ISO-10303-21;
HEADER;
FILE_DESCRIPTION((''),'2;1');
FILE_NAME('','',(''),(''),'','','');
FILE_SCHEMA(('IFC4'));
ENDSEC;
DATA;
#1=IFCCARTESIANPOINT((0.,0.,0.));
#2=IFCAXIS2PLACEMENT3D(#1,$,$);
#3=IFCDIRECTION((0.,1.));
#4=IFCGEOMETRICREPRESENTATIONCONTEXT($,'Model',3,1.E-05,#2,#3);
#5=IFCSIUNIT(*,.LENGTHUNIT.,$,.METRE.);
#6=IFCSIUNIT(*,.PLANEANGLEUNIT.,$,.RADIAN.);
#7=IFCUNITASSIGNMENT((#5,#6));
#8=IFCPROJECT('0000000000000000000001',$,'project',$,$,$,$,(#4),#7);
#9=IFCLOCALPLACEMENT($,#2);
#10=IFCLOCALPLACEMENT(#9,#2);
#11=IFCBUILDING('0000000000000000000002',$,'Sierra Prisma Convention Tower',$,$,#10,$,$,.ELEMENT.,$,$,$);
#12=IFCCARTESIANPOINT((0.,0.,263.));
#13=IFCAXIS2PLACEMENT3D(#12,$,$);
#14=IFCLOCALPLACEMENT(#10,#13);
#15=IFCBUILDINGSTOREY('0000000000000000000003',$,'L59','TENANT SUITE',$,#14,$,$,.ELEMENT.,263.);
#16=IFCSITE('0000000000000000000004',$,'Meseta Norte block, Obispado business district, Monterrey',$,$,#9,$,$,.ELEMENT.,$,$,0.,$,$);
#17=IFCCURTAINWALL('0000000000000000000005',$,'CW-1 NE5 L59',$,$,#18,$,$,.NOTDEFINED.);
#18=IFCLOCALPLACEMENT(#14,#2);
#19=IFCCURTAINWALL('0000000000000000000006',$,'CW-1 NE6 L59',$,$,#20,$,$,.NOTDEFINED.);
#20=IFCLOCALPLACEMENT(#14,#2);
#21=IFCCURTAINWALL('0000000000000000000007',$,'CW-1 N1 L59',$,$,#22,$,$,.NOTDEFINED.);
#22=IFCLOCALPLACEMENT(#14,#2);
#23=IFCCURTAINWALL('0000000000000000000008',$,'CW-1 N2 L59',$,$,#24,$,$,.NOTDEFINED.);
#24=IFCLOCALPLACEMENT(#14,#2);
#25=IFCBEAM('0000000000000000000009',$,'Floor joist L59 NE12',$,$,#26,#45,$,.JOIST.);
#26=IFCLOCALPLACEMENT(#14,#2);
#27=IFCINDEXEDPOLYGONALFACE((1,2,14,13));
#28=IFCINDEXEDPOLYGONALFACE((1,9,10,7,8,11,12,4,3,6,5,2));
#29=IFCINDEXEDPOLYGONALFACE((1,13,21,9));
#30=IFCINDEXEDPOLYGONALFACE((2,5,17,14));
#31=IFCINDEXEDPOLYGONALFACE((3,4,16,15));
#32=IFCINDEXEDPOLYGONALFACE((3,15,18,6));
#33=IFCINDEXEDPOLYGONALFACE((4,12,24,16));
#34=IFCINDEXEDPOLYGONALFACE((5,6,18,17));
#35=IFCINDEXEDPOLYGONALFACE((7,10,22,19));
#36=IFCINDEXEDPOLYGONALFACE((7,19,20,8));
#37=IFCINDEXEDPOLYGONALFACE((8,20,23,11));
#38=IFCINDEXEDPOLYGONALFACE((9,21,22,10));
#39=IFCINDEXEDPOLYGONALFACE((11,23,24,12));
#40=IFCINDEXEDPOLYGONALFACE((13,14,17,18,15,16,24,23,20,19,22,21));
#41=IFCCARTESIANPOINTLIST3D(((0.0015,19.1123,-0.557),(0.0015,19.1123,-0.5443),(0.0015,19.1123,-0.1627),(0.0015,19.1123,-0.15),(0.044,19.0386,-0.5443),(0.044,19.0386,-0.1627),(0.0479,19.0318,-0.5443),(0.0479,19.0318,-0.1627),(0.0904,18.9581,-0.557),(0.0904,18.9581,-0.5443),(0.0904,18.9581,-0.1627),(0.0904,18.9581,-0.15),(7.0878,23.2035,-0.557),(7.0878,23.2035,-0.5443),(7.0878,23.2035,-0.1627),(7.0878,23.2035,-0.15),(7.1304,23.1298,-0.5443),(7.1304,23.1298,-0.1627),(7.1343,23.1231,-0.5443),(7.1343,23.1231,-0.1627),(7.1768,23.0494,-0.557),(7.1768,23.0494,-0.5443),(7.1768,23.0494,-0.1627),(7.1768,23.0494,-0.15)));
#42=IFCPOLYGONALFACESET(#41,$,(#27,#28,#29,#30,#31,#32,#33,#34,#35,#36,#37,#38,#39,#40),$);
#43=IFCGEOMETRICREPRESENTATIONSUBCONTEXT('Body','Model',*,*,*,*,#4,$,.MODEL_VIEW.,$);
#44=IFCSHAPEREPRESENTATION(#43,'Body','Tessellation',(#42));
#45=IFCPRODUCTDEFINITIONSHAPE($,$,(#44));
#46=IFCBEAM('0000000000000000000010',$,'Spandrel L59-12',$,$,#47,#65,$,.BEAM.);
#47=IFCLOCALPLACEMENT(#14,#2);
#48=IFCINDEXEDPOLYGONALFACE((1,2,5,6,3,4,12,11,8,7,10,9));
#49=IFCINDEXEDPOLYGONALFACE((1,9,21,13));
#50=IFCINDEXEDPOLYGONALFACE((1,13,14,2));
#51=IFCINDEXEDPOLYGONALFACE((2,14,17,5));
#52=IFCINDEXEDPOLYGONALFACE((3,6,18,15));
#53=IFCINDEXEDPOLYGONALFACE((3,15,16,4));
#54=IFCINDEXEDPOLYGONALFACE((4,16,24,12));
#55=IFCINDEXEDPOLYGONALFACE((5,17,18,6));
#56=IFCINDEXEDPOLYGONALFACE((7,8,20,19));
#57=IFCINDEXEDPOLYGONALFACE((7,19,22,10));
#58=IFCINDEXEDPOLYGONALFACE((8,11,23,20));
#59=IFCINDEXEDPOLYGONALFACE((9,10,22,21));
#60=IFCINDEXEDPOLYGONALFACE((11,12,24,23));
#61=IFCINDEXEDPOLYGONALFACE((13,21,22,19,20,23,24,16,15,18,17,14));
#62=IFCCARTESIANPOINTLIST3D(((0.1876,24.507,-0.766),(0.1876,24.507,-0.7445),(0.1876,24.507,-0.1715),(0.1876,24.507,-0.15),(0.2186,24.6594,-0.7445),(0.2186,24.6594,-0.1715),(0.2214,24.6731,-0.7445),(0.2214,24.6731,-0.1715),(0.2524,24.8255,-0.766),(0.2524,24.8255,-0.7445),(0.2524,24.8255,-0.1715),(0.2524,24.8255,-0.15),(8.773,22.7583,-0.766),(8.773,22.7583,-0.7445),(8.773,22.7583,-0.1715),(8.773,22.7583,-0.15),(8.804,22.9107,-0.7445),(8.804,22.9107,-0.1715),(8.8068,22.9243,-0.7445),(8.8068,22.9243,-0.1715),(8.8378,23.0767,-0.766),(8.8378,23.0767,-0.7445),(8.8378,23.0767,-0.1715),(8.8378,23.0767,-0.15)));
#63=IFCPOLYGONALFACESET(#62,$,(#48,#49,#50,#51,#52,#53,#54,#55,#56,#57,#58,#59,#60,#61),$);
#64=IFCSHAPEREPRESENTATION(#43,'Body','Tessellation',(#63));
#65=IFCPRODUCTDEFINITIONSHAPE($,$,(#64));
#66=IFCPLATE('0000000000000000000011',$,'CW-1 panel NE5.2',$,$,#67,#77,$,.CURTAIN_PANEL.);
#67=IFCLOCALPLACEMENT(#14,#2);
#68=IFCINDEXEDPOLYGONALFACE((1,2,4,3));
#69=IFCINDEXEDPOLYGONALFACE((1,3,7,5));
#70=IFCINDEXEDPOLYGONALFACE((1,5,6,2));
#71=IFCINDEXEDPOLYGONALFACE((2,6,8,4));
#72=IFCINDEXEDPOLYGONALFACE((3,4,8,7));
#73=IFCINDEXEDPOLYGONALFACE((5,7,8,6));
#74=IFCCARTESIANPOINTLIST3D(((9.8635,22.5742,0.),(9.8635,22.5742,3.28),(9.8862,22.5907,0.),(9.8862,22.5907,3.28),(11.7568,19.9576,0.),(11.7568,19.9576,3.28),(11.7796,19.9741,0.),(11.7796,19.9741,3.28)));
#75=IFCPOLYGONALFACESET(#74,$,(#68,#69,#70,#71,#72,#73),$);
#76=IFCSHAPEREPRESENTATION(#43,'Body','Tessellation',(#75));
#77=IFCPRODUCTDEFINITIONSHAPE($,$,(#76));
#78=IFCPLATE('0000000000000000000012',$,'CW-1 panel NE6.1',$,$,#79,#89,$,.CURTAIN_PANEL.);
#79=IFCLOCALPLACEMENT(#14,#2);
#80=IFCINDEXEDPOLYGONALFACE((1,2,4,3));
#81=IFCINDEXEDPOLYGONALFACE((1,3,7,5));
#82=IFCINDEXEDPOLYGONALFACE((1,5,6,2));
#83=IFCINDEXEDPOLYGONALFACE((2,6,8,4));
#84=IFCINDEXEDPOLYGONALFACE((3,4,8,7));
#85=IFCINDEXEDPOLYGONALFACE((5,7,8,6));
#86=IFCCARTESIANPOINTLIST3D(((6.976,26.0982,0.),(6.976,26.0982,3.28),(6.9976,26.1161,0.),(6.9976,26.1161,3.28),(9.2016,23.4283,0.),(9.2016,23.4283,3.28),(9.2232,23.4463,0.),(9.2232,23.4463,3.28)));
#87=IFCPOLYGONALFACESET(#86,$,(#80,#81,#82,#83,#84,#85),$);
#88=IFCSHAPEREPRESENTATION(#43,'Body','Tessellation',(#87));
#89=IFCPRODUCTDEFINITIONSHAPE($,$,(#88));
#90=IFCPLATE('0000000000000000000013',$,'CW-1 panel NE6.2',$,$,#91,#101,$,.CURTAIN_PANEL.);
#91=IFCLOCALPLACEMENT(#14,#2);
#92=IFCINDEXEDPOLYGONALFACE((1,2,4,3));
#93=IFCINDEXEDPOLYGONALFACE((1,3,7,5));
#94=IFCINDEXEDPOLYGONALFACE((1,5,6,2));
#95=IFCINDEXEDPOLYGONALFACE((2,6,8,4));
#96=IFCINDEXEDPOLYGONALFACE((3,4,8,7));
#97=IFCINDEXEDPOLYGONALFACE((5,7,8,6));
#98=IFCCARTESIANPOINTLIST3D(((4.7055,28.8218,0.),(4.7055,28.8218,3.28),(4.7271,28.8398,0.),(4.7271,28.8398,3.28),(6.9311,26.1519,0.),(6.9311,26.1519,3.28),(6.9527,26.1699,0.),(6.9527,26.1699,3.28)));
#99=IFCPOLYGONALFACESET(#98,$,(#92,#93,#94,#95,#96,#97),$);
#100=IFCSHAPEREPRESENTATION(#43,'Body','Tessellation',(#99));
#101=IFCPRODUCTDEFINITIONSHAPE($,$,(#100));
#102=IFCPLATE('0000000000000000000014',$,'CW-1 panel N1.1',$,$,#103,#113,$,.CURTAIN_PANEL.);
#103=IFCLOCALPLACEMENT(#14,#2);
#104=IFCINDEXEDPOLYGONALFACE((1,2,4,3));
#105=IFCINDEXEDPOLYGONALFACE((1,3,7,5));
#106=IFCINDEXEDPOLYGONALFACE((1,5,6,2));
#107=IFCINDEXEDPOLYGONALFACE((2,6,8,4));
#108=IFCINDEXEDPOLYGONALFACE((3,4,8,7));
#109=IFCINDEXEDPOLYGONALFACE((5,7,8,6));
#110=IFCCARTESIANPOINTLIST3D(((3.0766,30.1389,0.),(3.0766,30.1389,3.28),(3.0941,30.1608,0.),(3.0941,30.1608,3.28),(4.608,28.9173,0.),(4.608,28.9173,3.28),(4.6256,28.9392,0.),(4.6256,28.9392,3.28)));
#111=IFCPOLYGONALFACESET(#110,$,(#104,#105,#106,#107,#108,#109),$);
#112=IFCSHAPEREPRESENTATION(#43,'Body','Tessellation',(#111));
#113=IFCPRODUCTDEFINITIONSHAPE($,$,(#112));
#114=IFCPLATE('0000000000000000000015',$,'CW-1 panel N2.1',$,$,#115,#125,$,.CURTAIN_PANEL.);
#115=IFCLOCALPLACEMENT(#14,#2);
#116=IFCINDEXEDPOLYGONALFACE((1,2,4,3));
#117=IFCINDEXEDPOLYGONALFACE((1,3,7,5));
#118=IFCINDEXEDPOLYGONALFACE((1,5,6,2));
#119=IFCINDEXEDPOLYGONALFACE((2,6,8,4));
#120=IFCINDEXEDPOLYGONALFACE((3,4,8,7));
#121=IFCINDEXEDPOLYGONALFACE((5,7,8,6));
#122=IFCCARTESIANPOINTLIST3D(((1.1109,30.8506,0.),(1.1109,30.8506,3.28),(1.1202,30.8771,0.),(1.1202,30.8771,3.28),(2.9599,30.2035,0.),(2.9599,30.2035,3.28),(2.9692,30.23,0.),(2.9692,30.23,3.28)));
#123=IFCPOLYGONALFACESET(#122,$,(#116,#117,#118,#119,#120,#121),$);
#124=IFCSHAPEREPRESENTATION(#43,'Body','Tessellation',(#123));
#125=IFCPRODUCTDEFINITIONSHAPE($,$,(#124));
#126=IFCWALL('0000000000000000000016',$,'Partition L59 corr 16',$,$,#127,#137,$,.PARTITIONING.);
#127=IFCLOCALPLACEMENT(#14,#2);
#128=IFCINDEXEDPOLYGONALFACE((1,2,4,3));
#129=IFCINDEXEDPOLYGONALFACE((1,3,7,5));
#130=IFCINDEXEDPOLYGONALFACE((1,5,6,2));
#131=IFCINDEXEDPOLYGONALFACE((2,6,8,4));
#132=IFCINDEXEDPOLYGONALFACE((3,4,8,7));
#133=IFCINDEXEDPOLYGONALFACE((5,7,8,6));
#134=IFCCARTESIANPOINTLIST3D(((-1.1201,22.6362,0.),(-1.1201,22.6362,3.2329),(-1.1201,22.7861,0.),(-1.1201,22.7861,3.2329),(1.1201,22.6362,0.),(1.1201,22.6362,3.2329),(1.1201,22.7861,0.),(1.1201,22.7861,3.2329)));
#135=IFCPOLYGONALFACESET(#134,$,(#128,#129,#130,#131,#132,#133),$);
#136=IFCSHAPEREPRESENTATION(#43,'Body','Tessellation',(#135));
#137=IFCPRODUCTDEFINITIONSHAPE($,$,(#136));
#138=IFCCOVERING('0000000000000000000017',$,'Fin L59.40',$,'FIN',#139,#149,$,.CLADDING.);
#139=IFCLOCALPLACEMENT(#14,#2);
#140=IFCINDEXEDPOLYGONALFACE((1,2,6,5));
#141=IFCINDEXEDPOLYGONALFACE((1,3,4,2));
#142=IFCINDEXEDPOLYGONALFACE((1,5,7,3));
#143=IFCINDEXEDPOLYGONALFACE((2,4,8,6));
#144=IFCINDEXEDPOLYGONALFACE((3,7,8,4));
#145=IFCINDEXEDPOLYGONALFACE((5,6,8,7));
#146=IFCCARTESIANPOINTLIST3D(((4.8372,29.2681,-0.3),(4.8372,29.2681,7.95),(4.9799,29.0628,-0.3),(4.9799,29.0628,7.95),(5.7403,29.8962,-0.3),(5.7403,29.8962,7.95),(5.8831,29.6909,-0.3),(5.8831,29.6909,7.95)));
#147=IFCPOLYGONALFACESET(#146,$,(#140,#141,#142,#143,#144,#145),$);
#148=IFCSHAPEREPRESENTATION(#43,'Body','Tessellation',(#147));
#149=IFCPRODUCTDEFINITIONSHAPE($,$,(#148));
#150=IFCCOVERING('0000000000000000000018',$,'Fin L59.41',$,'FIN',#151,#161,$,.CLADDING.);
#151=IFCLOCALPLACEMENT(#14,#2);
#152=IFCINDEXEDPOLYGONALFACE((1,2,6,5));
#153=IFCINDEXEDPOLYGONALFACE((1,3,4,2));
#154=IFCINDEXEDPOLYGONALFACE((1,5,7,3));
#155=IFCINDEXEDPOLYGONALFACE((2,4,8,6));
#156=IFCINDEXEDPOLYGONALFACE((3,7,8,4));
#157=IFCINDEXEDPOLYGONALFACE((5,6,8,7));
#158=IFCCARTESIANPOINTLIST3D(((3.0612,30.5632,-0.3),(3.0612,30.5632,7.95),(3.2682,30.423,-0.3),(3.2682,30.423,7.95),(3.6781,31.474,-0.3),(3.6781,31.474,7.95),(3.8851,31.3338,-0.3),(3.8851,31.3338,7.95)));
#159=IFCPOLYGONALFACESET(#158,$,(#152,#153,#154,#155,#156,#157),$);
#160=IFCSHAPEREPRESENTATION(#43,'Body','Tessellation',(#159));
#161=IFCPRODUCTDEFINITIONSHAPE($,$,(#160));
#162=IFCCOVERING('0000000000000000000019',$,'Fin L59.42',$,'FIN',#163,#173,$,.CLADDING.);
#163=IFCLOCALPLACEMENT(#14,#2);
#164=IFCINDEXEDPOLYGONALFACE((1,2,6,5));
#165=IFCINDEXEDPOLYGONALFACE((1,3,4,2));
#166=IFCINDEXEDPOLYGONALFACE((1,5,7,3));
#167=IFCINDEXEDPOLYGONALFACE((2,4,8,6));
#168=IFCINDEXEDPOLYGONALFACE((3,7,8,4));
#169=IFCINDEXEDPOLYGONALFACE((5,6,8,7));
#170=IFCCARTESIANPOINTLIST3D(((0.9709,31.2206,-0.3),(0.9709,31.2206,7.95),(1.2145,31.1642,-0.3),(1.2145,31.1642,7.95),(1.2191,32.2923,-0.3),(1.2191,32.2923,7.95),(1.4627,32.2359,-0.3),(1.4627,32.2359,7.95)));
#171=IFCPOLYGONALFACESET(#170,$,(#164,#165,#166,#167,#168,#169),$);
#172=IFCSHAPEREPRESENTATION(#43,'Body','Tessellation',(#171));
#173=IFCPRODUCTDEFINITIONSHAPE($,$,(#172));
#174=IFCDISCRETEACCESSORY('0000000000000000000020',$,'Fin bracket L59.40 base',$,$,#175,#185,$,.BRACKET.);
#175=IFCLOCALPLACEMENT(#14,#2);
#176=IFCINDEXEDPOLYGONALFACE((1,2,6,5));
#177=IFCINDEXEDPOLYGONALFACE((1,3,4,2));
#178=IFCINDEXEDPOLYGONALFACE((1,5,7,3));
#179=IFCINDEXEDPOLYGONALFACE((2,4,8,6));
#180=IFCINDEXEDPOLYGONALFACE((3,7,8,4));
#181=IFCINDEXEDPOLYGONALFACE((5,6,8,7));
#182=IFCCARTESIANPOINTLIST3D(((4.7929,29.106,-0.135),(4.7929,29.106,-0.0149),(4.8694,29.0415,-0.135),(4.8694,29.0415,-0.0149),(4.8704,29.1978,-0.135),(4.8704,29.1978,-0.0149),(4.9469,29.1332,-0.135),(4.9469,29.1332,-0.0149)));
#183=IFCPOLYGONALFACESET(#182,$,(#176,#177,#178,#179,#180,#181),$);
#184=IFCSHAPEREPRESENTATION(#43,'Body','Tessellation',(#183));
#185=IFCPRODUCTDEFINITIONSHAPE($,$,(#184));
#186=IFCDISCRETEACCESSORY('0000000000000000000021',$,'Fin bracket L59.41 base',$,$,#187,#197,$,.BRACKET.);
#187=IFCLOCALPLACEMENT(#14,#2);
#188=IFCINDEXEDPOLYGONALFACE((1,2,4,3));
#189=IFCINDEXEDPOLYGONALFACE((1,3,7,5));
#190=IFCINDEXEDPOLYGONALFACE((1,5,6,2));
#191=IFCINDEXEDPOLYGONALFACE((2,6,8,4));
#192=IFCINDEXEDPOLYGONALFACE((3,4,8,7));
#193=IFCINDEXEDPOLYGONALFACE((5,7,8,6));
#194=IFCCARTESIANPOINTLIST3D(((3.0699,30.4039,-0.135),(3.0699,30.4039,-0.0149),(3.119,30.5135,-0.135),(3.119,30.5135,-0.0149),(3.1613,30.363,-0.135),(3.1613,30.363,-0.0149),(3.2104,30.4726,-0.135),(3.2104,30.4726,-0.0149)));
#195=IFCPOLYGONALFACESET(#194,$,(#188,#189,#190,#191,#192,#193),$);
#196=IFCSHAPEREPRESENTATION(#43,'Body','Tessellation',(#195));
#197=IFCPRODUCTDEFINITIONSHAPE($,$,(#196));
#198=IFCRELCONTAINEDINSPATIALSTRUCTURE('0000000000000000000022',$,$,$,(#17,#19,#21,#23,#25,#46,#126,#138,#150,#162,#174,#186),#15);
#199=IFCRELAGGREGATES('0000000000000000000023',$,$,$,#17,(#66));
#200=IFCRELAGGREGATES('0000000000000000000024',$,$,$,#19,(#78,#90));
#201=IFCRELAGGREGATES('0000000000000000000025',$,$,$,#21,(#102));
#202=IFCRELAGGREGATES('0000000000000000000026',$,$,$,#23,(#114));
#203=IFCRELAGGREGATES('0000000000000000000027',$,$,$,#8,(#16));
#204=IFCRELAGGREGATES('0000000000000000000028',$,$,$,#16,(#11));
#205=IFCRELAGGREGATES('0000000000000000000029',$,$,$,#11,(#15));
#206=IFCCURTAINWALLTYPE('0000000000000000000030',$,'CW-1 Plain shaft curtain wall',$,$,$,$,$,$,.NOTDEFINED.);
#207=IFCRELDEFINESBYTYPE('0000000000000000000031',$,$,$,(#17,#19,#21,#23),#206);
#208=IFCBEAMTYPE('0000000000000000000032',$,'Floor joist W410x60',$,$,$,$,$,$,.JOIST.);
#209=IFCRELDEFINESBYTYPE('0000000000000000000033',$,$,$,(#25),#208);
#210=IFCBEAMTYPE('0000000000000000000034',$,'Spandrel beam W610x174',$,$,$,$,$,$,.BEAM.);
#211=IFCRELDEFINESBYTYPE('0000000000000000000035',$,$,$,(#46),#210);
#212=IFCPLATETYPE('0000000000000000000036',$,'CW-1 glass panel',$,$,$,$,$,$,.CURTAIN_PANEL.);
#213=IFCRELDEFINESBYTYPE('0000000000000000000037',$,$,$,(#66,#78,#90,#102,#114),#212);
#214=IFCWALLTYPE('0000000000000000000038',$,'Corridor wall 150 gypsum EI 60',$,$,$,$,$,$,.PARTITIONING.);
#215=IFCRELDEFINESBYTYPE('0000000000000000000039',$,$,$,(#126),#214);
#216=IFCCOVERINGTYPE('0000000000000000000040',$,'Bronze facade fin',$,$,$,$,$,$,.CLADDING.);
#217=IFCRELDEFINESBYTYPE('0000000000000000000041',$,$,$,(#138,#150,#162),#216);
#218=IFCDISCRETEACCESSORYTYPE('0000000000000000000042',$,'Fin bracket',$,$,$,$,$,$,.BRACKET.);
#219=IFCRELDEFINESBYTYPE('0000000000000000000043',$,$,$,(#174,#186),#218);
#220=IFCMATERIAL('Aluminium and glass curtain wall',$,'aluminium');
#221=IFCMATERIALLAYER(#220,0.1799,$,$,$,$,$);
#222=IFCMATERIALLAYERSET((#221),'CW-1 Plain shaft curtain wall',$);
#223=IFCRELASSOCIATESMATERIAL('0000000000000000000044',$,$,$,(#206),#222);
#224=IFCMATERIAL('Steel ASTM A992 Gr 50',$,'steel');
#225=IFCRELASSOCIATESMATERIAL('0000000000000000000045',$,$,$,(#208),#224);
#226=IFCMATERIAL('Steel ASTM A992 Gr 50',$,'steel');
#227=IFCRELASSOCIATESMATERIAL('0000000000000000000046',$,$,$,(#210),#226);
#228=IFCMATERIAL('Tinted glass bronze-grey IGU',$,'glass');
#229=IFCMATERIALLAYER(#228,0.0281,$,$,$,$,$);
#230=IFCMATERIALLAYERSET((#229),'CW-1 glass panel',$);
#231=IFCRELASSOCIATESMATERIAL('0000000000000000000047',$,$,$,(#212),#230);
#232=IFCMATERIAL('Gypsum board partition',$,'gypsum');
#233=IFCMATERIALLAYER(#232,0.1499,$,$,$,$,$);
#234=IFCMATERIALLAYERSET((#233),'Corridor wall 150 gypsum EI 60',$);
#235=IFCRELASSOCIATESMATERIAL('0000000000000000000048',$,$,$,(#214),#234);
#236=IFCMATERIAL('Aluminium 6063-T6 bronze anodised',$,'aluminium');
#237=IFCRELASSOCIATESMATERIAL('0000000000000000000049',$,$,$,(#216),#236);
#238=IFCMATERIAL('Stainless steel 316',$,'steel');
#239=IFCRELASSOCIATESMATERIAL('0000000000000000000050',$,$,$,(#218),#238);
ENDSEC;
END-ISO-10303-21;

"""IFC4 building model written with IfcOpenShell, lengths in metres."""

from ifc_helpers import new_model, si_unit, direction, frame, frame_2d, origin, origin_2d, place, context, subcontext, project, spatial, rectangle, i_section, extrude, material, layer, layer_set, material_profile, profile_set, type_object, element, aggregate, save


model = new_model("IFC4")

# Units and contexts
model_context = context("Model", 3, precision=1e-05, world=origin(), true_north=direction((0.0, 1.0)))
body_context = subcontext(model_context, "Body", "Model", "MODEL_VIEW")
ifc_project = project(units=[si_unit("LENGTHUNIT", "METRE"), si_unit("PLANEANGLEUNIT", "RADIAN")], contexts=[model_context])

# Site, building, storey
site_placement = place(None, origin())
site = spatial("IfcSite", under=ifc_project, at=site_placement, Name="Meseta Norte block, Obispado business district, Monterrey", CompositionType="ELEMENT", RefElevation=0.0)
building_placement = place(site_placement, origin())
building = spatial("IfcBuilding", under=site, at=building_placement, Name="Sierra Prisma Convention Tower", CompositionType="ELEMENT")
storey_placement = place(building_placement, frame((0.0, 0.0, 263.0)))
storey = spatial("IfcBuildingStorey", under=building, at=storey_placement, Name="L59", Description="TENANT SUITE", CompositionType="ELEMENT", Elevation=263.0)

# Curtain walls
ifc_material_1 = material(Name="Aluminium and glass curtain wall", Category="aluminium")
ifc_layer_1 = layer(ifc_material_1, 0.1799)
ifc_layer_set_1 = layer_set([ifc_layer_1], Name="CW-1 Plain shaft curtain wall")
curtain_wall_type = type_object("IfcCurtainWallType", Name="CW-1 Plain shaft curtain wall", PredefinedType="NOTDEFINED", material=ifc_layer_set_1)
curtain_wall_1_placement = place(storey_placement, origin())
curtain_wall_1 = element("IfcCurtainWall", 1, at=curtain_wall_1_placement, inside=storey, type_object=curtain_wall_type, Name="CW-1 NE5 L59", PredefinedType="NOTDEFINED")
curtain_wall_2_placement = place(storey_placement, origin())
curtain_wall_2 = element("IfcCurtainWall", 2, at=curtain_wall_2_placement, inside=storey, type_object=curtain_wall_type, Name="CW-1 NE6 L59", PredefinedType="NOTDEFINED")
curtain_wall_3_placement = place(storey_placement, origin())
curtain_wall_3 = element("IfcCurtainWall", 3, at=curtain_wall_3_placement, inside=storey, type_object=curtain_wall_type, Name="CW-1 N1 L59", PredefinedType="NOTDEFINED")
curtain_wall_4_placement = place(storey_placement, origin())
curtain_wall_4 = element("IfcCurtainWall", 4, at=curtain_wall_4_placement, inside=storey, type_object=curtain_wall_type, Name="CW-1 N2 L59", PredefinedType="NOTDEFINED")

# Beams
ifc_material_2 = material(Name="Steel ASTM A992 Gr 50", Category="steel")
ifc_material_profile_1 = material_profile(ifc_material_2, i_section(OverallWidth=0.178, OverallDepth=0.407, WebThickness=0.0078, FlangeThickness=0.0127, at=origin_2d()), Name="W410x60")
ifc_profile_set_1 = profile_set([ifc_material_profile_1], Name="Steel ASTM A992 Gr 50")
beam_type_1 = type_object("IfcBeamType", Name="Floor joist W410x60", PredefinedType="JOIST", material=ifc_profile_set_1)
beam_1_placement = place(storey_placement, frame((7.1323, 23.1265, -0.3535), z_axis=(-0.866028, -0.499996, 0.0), x_axis=(0.499996, -0.866028, 0.0)))
element("IfcBeam", 5, at=beam_1_placement, inside=storey, type_object=beam_type_1, Name="Floor joist L59 NE12", PredefinedType="JOIST", context=body_context, shape_type="SweptSolid", body=[
    extrude(i_section(OverallWidth=0.178, OverallDepth=0.407, WebThickness=0.0078, FlangeThickness=0.0127, at=origin_2d()), origin(), (0.0, 0.0, 1.0), 8.1826),
])
ifc_material_3 = material(Name="Steel ASTM A992 Gr 50", Category="steel")
ifc_material_profile_2 = material_profile(ifc_material_3, i_section(OverallWidth=0.325, OverallDepth=0.616, WebThickness=0.0139, FlangeThickness=0.0215, at=origin_2d()), Name="W610x174")
ifc_profile_set_2 = profile_set([ifc_material_profile_2], Name="Steel ASTM A992 Gr 50")
beam_type_2 = type_object("IfcBeamType", Name="Spandrel beam W610x174", PredefinedType="BEAM", material=ifc_profile_set_2)
beam_2_placement = place(storey_placement, frame((8.8054, 22.9175, -0.458), z_axis=(-0.979879, 0.199593, 0.0), x_axis=(-0.199593, -0.979879, 0.0)))
element("IfcBeam", 6, at=beam_2_placement, inside=storey, type_object=beam_type_2, Name="Spandrel L59-12", PredefinedType="BEAM", context=body_context, shape_type="SweptSolid", body=[
    extrude(i_section(OverallWidth=0.325, OverallDepth=0.616, WebThickness=0.0139, FlangeThickness=0.0215, at=origin_2d()), origin(), (0.0, 0.0, 1.0), 8.7617),
])

# Plates
ifc_material_4 = material(Name="Tinted glass bronze-grey IGU", Category="glass")
ifc_layer_2 = layer(ifc_material_4, 0.0281)
ifc_layer_set_2 = layer_set([ifc_layer_2], Name="CW-1 glass panel")
plate_type = type_object("IfcPlateType", Name="CW-1 glass panel", PredefinedType="CURTAIN_PANEL", material=ifc_layer_set_2)
plate_1_placement = place(storey_placement, frame((10.8215, 21.2742, 0.0), z_axis=(0.0, 0.0, 1.0), x_axis=(-0.586214, 0.810157, 0.0)))
plate_1 = element("IfcPlate", 7, at=plate_1_placement, type_object=plate_type, Name="CW-1 panel NE5.2", PredefinedType="CURTAIN_PANEL", context=body_context, shape_type="SweptSolid", body=[
    extrude(rectangle(XDim=3.2297, YDim=0.0281, at=origin_2d()), origin(), (0.0, 0.0, 1.0), 3.28),
])
aggregate(curtain_wall_1, [plate_1])
plate_2_placement = place(storey_placement, frame((8.0996, 24.7722, 0.0), z_axis=(0.0, 0.0, 1.0), x_axis=(-0.640306, 0.76812, 0.0)))
plate_2 = element("IfcPlate", 8, at=plate_2_placement, type_object=plate_type, Name="CW-1 panel NE6.1", PredefinedType="CURTAIN_PANEL", context=body_context, shape_type="SweptSolid", body=[
    extrude(rectangle(XDim=3.4758, YDim=0.0281, at=origin_2d()), origin(), (0.0, 0.0, 1.0), 3.28),
])
plate_3_placement = place(storey_placement, frame((5.8291, 27.4958, 0.0), z_axis=(0.0, 0.0, 1.0), x_axis=(-0.640306, 0.76812, 0.0)))
plate_3 = element("IfcPlate", 9, at=plate_3_placement, type_object=plate_type, Name="CW-1 panel NE6.2", PredefinedType="CURTAIN_PANEL", context=body_context, shape_type="SweptSolid", body=[
    extrude(rectangle(XDim=3.4758, YDim=0.0281, at=origin_2d()), origin(), (0.0, 0.0, 1.0), 3.28),
])
aggregate(curtain_wall_2, [plate_2, plate_3])
plate_4_placement = place(storey_placement, frame((3.8511, 29.5391, 0.0), z_axis=(0.0, 0.0, 1.0), x_axis=(-0.78176, 0.623579, 0.0)))
plate_4 = element("IfcPlate", 10, at=plate_4_placement, type_object=plate_type, Name="CW-1 panel N1.1", PredefinedType="CURTAIN_PANEL", context=body_context, shape_type="SweptSolid", body=[
    extrude(rectangle(XDim=1.959, YDim=0.0281, at=origin_2d()), origin(), (0.0, 0.0, 1.0), 3.28),
])
aggregate(curtain_wall_3, [plate_4])
plate_5_placement = place(storey_placement, frame((2.04, 30.5403, 0.0), z_axis=(0.0, 0.0, 1.0), x_axis=(-0.943864, 0.330333, 0.0)))
plate_5 = element("IfcPlate", 11, at=plate_5_placement, type_object=plate_type, Name="CW-1 panel N2.1", PredefinedType="CURTAIN_PANEL", context=body_context, shape_type="SweptSolid", body=[
    extrude(rectangle(XDim=1.959, YDim=0.0281, at=origin_2d()), origin(), (0.0, 0.0, 1.0), 3.28),
])
aggregate(curtain_wall_4, [plate_5])

# Wall
ifc_material_5 = material(Name="Gypsum board partition", Category="gypsum")
ifc_layer_3 = layer(ifc_material_5, 0.1499)
ifc_layer_set_3 = layer_set([ifc_layer_3], Name="Corridor wall 150 gypsum EI 60")
wall_type = type_object("IfcWallType", Name="Corridor wall 150 gypsum EI 60", PredefinedType="PARTITIONING", material=ifc_layer_set_3)
wall_placement = place(storey_placement, frame((1.1201, 22.7112, 0.0), z_axis=(0.0, 0.0, 1.0), x_axis=(-1.0, 0.0, 0.0)))
element("IfcWall", 12, at=wall_placement, inside=storey, type_object=wall_type, Name="Partition L59 corr 16", PredefinedType="PARTITIONING", context=body_context, shape_type="SweptSolid", body=[
    extrude(rectangle(XDim=2.2402, YDim=0.1499, at=frame_2d((1.1201, 0.0))), origin(), (0.0, 0.0, 1.0), 3.2329),
])

# Coverings
ifc_material_6 = material(Name="Aluminium 6063-T6 bronze anodised", Category="aluminium")
ifc_material_profile_3 = material_profile(ifc_material_6, rectangle(XDim=1.1001, YDim=0.25, at=origin_2d()), Name="ALU FIN 1100x250")
ifc_profile_set_3 = profile_set([ifc_material_profile_3], Name="Aluminium 6063-T6 bronze anodised")
covering_type = type_object("IfcCoveringType", Name="Bronze facade fin", PredefinedType="CLADDING", material=ifc_profile_set_3)
for number, where, z_axis, x_axis, name in (
    (13, (5.3601, 29.4795, -0.3), (0.0, 0.0, 1.0), (0.821004, 0.570923, 0.0), "Fin L59.40"),
    (14, (3.4731, 30.9485, -0.3), (0.0, 0.0, 1.0), (0.560801, 0.82795, 0.0), "Fin L59.41"),
    (15, (1.2168, 31.7283, -0.3), (0.0, 0.0, 1.0), (0.225582, 0.974224, 0.0), "Fin L59.42"),
):
    element("IfcCovering", number, at=place(storey_placement, frame(where, z_axis=z_axis, x_axis=x_axis)), inside=storey, type_object=covering_type, Name=name, ObjectType="FIN", PredefinedType="CLADDING", context=body_context, shape_type="SweptSolid", body=[
        extrude(rectangle(XDim=1.1001, YDim=0.25, at=origin_2d()), origin(), (0.0, 0.0, 1.0), 8.25),
    ])

# Discrete accessories
ifc_material_7 = material(Name="Stainless steel 316", Category="steel")
discrete_accessory_type = type_object("IfcDiscreteAccessoryType", Name="Fin bracket", PredefinedType="BRACKET", material=ifc_material_7)
for number, where, z_axis, x_axis, name in (
    (16, (4.8699, 29.1196, -0.135), (0.0, 0.0, 1.0), (0.645263, 0.763961, 0.0), "Fin bracket L59.40 base"),
    (17, (3.1401, 30.4382, -0.135), (0.0, 0.0, 1.0), (0.408509, 0.912754, 0.0), "Fin bracket L59.41 base"),
):
    element("IfcDiscreteAccessory", number, at=place(storey_placement, frame(where, z_axis=z_axis, x_axis=x_axis)), inside=storey, type_object=discrete_accessory_type, Name=name, PredefinedType="BRACKET", context=body_context, shape_type="SweptSolid", body=[
        extrude(rectangle(XDim=0.1201, YDim=0.1001, at=origin_2d()), origin(), (0.0, 0.0, 1.0), 0.1201),
    ])

save(model, "model.ifc")
